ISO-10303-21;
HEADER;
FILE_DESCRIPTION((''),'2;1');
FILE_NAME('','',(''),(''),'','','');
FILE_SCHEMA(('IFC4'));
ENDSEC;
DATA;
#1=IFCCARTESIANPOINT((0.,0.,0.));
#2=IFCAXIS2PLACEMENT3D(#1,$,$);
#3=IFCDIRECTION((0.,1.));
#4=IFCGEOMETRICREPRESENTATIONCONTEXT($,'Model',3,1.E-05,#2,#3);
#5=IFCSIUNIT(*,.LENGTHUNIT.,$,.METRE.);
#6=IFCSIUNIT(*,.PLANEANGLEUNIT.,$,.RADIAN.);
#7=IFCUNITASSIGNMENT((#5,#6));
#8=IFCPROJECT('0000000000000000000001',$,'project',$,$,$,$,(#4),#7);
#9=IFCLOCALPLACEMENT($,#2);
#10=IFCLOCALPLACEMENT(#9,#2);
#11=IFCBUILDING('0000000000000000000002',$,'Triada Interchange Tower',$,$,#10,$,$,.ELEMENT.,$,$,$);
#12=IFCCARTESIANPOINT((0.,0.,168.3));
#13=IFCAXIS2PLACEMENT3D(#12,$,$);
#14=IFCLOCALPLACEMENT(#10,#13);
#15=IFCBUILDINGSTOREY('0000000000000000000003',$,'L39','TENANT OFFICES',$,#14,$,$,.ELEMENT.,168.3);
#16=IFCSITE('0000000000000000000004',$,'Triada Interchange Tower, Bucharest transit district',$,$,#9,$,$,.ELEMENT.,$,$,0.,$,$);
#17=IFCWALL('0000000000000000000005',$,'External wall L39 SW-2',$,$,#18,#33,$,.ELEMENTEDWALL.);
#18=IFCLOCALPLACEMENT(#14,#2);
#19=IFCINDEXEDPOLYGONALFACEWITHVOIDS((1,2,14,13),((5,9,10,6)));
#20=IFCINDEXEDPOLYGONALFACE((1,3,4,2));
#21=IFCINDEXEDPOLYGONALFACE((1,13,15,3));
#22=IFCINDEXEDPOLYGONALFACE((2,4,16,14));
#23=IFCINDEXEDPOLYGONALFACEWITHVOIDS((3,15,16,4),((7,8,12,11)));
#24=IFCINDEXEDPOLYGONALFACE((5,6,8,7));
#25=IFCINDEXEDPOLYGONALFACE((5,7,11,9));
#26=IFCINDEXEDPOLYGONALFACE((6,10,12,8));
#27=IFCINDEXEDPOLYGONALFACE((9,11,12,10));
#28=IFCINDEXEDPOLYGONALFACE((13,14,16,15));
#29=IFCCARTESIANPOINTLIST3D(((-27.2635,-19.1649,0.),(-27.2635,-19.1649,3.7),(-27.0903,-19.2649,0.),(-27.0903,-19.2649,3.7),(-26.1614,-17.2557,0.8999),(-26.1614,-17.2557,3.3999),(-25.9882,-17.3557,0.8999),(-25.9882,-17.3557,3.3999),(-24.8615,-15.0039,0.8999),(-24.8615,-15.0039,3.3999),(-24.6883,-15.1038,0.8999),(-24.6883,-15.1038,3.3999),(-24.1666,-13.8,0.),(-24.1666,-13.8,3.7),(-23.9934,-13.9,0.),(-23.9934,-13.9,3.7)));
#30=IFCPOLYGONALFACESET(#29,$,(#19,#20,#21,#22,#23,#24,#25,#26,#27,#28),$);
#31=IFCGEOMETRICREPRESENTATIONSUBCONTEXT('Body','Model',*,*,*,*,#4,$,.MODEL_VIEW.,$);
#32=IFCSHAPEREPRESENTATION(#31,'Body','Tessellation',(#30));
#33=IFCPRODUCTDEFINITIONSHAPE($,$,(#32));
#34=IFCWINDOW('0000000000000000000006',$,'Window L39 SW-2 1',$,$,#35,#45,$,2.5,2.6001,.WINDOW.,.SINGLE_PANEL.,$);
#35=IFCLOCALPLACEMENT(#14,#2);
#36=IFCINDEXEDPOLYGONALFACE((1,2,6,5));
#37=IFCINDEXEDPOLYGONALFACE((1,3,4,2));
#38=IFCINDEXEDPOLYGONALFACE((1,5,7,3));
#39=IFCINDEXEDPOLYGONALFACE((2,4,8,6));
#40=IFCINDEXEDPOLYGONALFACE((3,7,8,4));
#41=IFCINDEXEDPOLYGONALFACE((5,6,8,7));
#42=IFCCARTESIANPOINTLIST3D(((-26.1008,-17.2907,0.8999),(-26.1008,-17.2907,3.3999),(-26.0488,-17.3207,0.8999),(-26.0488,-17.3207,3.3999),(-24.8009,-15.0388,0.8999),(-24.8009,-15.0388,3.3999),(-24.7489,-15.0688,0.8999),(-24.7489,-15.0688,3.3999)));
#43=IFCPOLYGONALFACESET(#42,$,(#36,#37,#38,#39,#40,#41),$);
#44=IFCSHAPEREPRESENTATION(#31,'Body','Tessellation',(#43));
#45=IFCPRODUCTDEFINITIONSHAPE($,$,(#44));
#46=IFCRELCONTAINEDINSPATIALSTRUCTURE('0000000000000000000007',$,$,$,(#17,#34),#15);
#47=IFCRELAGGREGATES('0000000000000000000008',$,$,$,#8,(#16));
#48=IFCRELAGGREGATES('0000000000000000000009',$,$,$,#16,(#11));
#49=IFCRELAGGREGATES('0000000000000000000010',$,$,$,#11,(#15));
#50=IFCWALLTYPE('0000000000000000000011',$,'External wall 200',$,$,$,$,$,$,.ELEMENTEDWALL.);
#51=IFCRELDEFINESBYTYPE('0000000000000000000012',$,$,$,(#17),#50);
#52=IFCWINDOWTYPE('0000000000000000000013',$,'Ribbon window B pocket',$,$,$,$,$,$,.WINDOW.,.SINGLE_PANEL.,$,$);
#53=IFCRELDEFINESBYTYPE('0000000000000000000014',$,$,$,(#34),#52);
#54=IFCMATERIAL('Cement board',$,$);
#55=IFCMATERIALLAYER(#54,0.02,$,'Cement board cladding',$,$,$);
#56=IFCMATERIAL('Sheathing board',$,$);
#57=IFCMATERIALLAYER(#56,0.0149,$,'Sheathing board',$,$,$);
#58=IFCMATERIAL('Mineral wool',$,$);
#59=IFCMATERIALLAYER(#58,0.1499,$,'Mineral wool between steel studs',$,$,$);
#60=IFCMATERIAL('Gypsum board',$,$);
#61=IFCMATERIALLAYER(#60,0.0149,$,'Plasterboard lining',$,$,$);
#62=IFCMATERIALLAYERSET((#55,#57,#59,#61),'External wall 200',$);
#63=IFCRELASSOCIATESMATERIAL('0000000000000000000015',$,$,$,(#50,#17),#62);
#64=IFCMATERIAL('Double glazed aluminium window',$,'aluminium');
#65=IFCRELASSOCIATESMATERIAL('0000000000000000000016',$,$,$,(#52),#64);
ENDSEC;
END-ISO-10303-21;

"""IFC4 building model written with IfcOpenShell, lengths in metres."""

from ifc_helpers import new_model, si_unit, direction, frame, frame_2d, origin, place, context, subcontext, project, spatial, rectangle, extrude, material, layer, layer_set, layer_usage, type_object, element, fill, save


model = new_model("IFC4")

# Units and contexts
model_context = context("Model", 3, precision=1e-05, world=origin(), true_north=direction((0.0, 1.0)))
body_context = subcontext(model_context, "Body", "Model", "MODEL_VIEW")
ifc_project = project(units=[si_unit("LENGTHUNIT", "METRE"), si_unit("PLANEANGLEUNIT", "RADIAN")], contexts=[model_context])

# Site, building, storey
site_placement = place(None, origin())
site = spatial("IfcSite", under=ifc_project, at=site_placement, Name="Triada Interchange Tower, Bucharest transit district", CompositionType="ELEMENT", RefElevation=0.0)
building_placement = place(site_placement, origin())
building = spatial("IfcBuilding", under=site, at=building_placement, Name="Triada Interchange Tower", CompositionType="ELEMENT")
storey_placement = place(building_placement, frame((0.0, 0.0, 168.3)))
storey = spatial("IfcBuildingStorey", under=building, at=storey_placement, Name="L39", Description="TENANT OFFICES", CompositionType="ELEMENT", Elevation=168.3)

# Wall, opening, window
ifc_material_1 = material(Name="Cement board")
ifc_layer_1 = layer(ifc_material_1, 0.02, Name="Cement board cladding")
ifc_material_2 = material(Name="Sheathing board")
ifc_layer_2 = layer(ifc_material_2, 0.0149, Name="Sheathing board")
ifc_material_3 = material(Name="Mineral wool")
ifc_layer_3 = layer(ifc_material_3, 0.1499, Name="Mineral wool between steel studs")
ifc_material_4 = material(Name="Gypsum board")
ifc_layer_4 = layer(ifc_material_4, 0.0149, Name="Plasterboard lining")
ifc_layer_set_1 = layer_set([ifc_layer_1, ifc_layer_2, ifc_layer_3, ifc_layer_4], Name="External wall 200")
ifc_layer_usage = layer_usage(ifc_layer_set_1, "AXIS2", "POSITIVE", -0.1001)
wall_type_1 = type_object("IfcWallType", Name="External wall 200", PredefinedType="ELEMENTEDWALL", material=ifc_layer_set_1)
ifc_material_5 = material(Name="Double glazed aluminium window", Category="aluminium")
window_type_1 = type_object("IfcWindowType", Name="Ribbon window B pocket", PartitioningType="SINGLE_PANEL", PredefinedType="WINDOW", material=ifc_material_5)
wall_1_placement = place(storey_placement, frame((-24.0801, -13.8501, 0.0), z_axis=(0.0, 0.0, 1.0), x_axis=(-0.499933, -0.866064, 0.0)))
wall_1 = element("IfcWall", 1, at=wall_1_placement, inside=storey, type_object=wall_type_1, material=ifc_layer_usage, Name="External wall L39 SW-2", PredefinedType="ELEMENTEDWALL", context=body_context, shape_type="SweptSolid", body=[
    extrude(rectangle(XDim=6.1946, YDim=0.2, at=frame_2d((3.0972, 0.0))), origin(), (0.0, 0.0, 1.0), 3.7),
])
opening_1_placement = place(wall_1_placement, frame((1.3899, 0.0, 0.8999)))
opening_1 = element("IfcOpeningElement", 2, at=opening_1_placement, cuts=wall_1, PredefinedType="OPENING", context=body_context, shape_type="SweptSolid", body=[
    extrude(rectangle(XDim=2.6001, YDim=2.5, at=frame_2d((1.3, 1.25))), frame((0.0, 0.1099, 0.0), z_axis=(0.0, -1.0, 0.0), x_axis=(1.0, 0.0, 0.0)), (0.0, 0.0, 1.0), 0.22),
])
window_1_placement = place(opening_1_placement, origin())
window_1 = element("IfcWindow", 3, at=window_1_placement, inside=storey, type_object=window_type_1, Name="Window L39 SW-2 1", OverallHeight=2.5, OverallWidth=2.6001, PartitioningType="SINGLE_PANEL", PredefinedType="WINDOW", context=body_context, shape_type="SweptSolid", body=[
    extrude(rectangle(XDim=2.6001, YDim=2.5, at=frame_2d((1.3, 1.25))), frame((0.0, 0.03, 0.0), z_axis=(0.0, -1.0, 0.0), x_axis=(1.0, 0.0, 0.0)), (0.0, 0.0, 1.0), 0.0601),
])
fill(opening_1, window_1)

save(model, "model.ifc")
